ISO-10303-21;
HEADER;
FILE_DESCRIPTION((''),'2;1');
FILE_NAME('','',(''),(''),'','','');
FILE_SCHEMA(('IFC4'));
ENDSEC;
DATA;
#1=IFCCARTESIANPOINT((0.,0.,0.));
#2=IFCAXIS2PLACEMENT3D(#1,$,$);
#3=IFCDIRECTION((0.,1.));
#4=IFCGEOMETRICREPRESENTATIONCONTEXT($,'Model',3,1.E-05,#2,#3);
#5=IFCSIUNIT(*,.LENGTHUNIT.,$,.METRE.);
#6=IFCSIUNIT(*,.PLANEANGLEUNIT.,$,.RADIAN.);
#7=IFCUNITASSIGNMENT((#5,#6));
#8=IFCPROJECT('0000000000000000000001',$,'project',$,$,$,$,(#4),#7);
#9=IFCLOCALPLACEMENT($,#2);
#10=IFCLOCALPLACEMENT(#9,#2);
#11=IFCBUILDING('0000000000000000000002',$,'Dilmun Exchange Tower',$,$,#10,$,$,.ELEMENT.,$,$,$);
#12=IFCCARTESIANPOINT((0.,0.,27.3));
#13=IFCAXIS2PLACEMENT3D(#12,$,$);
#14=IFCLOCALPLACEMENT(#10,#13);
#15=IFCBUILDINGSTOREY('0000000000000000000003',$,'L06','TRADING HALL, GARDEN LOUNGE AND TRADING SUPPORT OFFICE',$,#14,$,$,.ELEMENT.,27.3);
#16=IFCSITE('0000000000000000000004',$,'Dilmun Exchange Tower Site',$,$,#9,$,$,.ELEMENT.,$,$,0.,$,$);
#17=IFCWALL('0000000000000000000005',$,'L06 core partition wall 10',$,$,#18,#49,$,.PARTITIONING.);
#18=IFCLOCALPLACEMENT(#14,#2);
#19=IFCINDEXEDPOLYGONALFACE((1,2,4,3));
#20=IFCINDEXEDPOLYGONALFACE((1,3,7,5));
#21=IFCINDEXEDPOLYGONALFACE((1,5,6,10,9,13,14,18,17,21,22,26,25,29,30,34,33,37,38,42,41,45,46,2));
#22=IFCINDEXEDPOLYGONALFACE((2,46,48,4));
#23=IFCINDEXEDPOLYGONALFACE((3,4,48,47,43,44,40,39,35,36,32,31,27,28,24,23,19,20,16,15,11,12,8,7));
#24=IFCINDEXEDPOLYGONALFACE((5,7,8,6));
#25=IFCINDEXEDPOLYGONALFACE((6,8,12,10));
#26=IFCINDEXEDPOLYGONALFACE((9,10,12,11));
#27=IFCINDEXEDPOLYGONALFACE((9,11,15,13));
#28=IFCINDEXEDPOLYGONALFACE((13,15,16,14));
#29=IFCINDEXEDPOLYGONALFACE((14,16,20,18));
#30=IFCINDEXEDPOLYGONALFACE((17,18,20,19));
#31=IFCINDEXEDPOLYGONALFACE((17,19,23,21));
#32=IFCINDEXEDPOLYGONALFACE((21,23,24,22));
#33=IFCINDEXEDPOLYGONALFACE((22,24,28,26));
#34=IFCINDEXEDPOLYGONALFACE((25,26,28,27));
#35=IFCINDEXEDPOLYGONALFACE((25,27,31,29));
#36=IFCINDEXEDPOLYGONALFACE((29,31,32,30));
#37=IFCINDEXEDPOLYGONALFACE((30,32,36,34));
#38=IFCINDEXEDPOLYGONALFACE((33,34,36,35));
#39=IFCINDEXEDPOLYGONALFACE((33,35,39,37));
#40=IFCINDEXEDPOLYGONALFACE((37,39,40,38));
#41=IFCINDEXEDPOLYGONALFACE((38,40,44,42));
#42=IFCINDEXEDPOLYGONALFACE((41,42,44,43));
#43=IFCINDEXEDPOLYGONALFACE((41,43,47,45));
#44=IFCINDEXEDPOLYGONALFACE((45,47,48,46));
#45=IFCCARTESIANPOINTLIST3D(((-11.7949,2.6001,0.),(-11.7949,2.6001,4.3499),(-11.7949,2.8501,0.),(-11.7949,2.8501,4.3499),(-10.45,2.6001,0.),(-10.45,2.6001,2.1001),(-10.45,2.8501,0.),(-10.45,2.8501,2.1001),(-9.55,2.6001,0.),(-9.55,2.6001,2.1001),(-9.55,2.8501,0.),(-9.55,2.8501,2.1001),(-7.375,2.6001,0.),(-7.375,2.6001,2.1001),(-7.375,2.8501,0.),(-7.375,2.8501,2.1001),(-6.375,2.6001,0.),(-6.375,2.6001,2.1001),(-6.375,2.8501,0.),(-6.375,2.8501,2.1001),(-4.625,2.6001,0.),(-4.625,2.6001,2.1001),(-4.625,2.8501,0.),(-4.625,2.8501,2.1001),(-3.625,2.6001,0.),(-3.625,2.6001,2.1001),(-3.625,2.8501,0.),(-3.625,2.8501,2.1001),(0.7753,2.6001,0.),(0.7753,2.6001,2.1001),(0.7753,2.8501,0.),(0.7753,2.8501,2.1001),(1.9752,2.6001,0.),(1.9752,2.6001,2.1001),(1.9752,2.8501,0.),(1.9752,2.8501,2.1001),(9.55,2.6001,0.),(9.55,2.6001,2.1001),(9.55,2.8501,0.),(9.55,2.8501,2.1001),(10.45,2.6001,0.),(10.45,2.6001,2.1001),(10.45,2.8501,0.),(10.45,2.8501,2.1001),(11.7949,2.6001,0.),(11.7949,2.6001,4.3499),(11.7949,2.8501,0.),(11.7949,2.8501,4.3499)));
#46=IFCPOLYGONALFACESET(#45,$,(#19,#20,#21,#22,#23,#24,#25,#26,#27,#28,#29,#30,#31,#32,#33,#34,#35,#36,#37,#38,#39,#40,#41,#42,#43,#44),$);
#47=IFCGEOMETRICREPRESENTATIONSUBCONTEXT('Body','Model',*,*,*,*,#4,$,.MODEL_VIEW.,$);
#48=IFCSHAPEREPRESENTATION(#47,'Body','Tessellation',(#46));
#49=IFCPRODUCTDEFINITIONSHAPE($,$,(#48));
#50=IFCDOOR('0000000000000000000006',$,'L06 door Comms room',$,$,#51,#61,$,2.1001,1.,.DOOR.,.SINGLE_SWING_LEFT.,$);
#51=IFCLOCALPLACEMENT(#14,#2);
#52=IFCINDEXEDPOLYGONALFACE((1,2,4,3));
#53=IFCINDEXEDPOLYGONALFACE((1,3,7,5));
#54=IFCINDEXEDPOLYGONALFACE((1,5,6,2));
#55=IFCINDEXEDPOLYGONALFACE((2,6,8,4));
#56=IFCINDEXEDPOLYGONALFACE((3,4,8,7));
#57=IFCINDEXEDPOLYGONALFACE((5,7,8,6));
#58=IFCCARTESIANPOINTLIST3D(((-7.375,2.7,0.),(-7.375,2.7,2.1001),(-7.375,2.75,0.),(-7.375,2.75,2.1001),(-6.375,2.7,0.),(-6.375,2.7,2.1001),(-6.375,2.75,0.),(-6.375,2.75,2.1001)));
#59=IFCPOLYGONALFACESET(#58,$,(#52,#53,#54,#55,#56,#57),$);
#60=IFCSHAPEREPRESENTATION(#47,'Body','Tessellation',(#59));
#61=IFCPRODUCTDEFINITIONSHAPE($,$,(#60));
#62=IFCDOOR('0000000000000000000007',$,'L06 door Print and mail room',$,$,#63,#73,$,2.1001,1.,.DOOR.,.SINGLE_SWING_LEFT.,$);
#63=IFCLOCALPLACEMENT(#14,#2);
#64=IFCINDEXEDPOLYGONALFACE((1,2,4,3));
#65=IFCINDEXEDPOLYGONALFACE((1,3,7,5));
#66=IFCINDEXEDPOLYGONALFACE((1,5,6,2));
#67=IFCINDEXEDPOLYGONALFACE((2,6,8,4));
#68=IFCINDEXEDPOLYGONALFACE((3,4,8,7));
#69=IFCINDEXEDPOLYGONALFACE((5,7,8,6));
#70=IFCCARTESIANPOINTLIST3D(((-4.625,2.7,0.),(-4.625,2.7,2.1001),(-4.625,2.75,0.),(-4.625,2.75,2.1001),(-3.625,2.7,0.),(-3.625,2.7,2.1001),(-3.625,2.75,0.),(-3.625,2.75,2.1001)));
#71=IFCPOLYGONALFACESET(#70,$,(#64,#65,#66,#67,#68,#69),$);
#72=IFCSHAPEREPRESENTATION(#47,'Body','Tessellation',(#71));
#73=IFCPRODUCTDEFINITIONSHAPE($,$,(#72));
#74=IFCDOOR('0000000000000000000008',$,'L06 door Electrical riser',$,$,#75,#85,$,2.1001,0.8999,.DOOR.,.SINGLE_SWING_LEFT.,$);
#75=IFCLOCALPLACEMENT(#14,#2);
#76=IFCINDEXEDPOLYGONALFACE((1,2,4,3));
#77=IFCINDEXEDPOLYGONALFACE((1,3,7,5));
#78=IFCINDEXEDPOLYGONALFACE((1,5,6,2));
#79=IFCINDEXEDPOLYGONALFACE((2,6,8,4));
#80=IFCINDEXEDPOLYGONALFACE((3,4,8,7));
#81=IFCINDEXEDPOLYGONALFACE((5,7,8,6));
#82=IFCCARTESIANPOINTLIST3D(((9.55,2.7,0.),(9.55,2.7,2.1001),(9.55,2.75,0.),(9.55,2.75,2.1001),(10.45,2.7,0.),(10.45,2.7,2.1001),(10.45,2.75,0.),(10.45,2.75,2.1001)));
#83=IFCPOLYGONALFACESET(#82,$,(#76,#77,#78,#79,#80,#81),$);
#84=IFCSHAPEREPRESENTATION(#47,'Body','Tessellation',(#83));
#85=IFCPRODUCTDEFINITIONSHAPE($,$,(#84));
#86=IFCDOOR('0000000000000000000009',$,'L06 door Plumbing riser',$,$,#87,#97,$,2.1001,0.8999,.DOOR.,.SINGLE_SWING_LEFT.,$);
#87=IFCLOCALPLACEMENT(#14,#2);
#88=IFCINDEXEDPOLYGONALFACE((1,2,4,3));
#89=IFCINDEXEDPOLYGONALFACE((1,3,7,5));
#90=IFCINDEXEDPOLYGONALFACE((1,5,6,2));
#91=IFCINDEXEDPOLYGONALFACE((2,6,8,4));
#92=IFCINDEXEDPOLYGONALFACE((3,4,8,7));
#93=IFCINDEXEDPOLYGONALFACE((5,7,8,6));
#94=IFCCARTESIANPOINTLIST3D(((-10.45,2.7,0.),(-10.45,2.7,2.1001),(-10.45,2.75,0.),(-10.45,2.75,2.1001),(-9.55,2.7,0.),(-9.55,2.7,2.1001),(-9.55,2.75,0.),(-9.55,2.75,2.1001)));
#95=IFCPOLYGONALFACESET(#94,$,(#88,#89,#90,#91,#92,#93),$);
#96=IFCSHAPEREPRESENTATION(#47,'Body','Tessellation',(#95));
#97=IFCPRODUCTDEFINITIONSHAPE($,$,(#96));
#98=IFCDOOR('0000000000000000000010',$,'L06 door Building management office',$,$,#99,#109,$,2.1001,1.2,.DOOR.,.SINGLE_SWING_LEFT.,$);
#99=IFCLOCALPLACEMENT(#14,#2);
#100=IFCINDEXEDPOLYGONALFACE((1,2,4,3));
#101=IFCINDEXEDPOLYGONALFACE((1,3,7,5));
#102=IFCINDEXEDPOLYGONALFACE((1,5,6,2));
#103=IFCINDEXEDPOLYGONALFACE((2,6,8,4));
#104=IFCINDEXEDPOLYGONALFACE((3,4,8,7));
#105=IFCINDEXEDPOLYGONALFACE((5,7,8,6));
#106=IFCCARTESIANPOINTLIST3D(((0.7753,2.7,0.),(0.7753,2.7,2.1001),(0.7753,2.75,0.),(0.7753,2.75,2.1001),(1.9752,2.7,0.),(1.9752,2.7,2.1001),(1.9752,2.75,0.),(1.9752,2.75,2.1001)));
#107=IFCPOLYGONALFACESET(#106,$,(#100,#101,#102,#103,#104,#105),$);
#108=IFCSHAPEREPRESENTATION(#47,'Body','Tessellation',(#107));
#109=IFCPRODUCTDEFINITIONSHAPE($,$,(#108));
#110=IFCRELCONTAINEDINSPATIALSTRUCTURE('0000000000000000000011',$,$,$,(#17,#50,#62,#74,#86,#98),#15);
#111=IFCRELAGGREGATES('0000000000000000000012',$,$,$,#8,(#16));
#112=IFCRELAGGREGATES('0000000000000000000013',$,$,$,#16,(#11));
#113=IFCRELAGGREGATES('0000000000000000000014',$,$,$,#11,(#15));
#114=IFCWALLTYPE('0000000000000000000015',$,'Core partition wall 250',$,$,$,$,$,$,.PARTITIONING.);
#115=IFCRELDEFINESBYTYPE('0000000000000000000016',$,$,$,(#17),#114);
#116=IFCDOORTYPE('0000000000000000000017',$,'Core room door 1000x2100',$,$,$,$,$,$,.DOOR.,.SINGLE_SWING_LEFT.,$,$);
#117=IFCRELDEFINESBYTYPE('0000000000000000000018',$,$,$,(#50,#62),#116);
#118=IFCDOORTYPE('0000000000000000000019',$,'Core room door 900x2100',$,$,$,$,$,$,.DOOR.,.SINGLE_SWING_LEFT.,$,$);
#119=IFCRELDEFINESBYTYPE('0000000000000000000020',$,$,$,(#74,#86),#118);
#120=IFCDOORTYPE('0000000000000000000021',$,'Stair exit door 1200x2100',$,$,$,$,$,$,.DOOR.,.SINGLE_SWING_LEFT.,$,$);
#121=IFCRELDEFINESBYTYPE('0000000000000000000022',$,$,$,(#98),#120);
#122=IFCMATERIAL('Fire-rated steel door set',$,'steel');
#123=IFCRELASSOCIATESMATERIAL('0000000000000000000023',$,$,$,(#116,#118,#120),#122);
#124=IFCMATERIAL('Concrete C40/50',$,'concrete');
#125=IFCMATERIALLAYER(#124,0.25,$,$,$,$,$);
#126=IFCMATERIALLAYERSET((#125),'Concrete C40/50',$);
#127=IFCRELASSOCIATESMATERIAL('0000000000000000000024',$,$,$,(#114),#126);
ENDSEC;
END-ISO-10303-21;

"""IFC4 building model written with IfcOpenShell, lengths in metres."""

from ifc_helpers import new_model, si_unit, direction, frame, frame_2d, origin, place, context, subcontext, project, spatial, rectangle, extrude, material, layer, layer_set, type_object, element, fill, save


model = new_model("IFC4")

# Units and contexts
model_context = context("Model", 3, precision=1e-05, world=origin(), true_north=direction((0.0, 1.0)))
body_context = subcontext(model_context, "Body", "Model", "MODEL_VIEW")
ifc_project = project(units=[si_unit("LENGTHUNIT", "METRE"), si_unit("PLANEANGLEUNIT", "RADIAN")], contexts=[model_context])

# Site, building, storey
site_placement = place(None, origin())
site = spatial("IfcSite", under=ifc_project, at=site_placement, Name="Dilmun Exchange Tower Site", CompositionType="ELEMENT", RefElevation=0.0)
building_placement = place(site_placement, origin())
building = spatial("IfcBuilding", under=site, at=building_placement, Name="Dilmun Exchange Tower", CompositionType="ELEMENT")
storey_placement = place(building_placement, frame((0.0, 0.0, 27.3)))
storey = spatial("IfcBuildingStorey", under=building, at=storey_placement, Name="L06", Description="TRADING HALL, GARDEN LOUNGE AND TRADING SUPPORT OFFICE", CompositionType="ELEMENT", Elevation=27.3)

# Shared definitions
ifc_material_1 = material(Name="Concrete C40/50", Category="concrete")

# Shared definitions
ifc_material_2 = material(Name="Fire-rated steel door set", Category="steel")
door_type_1 = type_object("IfcDoorType", Name="Core room door 1000x2100", OperationType="SINGLE_SWING_LEFT", PredefinedType="DOOR", material=ifc_material_2)

# Wall, openings, doors
ifc_layer_1 = layer(ifc_material_1, 0.25)
ifc_layer_set_1 = layer_set([ifc_layer_1], Name="Concrete C40/50")
wall_type_1 = type_object("IfcWallType", Name="Core partition wall 250", PredefinedType="PARTITIONING", material=ifc_layer_set_1)
wall_1_placement = place(storey_placement, frame((-11.7949, 2.7251, 0.0), z_axis=(0.0, 0.0, 1.0), x_axis=(1.0, 0.0, 0.0)))
wall_1 = element("IfcWall", 1, at=wall_1_placement, inside=storey, type_object=wall_type_1, Name="L06 core partition wall 10", PredefinedType="PARTITIONING", context=body_context, shape_type="SweptSolid", body=[
    extrude(rectangle(XDim=23.5898, YDim=0.25, at=frame_2d((11.7949, 0.0))), origin(), (0.0, 0.0, 1.0), 4.3499),
])
opening_1_placement = place(wall_1_placement, frame((21.345, 0.0, 0.0)))
opening_1 = element("IfcOpeningElement", 2, at=opening_1_placement, cuts=wall_1, PredefinedType="OPENING", context=body_context, shape_type="SweptSolid", body=[
    extrude(rectangle(XDim=0.8999, YDim=2.1001, at=frame_2d((0.45, 1.05))), frame((0.0, 0.135, 0.0), z_axis=(0.0, -1.0, 0.0), x_axis=(1.0, 0.0, 0.0)), (0.0, 0.0, 1.0), 0.27),
])
opening_2_placement = place(wall_1_placement, frame((1.345, 0.0, 0.0)))
opening_2 = element("IfcOpeningElement", 3, at=opening_2_placement, cuts=wall_1, PredefinedType="OPENING", context=body_context, shape_type="SweptSolid", body=[
    extrude(rectangle(XDim=0.8999, YDim=2.1001, at=frame_2d((0.45, 1.05))), frame((0.0, 0.135, 0.0), z_axis=(0.0, -1.0, 0.0), x_axis=(1.0, 0.0, 0.0)), (0.0, 0.0, 1.0), 0.27),
])
opening_3_placement = place(wall_1_placement, frame((4.4199, 0.0, 0.0)))
opening_3 = element("IfcOpeningElement", 4, at=opening_3_placement, cuts=wall_1, PredefinedType="OPENING", context=body_context, shape_type="SweptSolid", body=[
    extrude(rectangle(XDim=1.0, YDim=2.1001, at=frame_2d((0.5, 1.05))), frame((0.0, 0.135, 0.0), z_axis=(0.0, -1.0, 0.0), x_axis=(1.0, 0.0, 0.0)), (0.0, 0.0, 1.0), 0.27),
])
opening_4_placement = place(wall_1_placement, frame((7.1699, 0.0, 0.0)))
opening_4 = element("IfcOpeningElement", 5, at=opening_4_placement, cuts=wall_1, PredefinedType="OPENING", context=body_context, shape_type="SweptSolid", body=[
    extrude(rectangle(XDim=1.0, YDim=2.1001, at=frame_2d((0.5, 1.05))), frame((0.0, 0.135, 0.0), z_axis=(0.0, -1.0, 0.0), x_axis=(1.0, 0.0, 0.0)), (0.0, 0.0, 1.0), 0.27),
])
opening_5_placement = place(wall_1_placement, frame((12.5701, 0.0, 0.0)))
opening_5 = element("IfcOpeningElement", 6, at=opening_5_placement, cuts=wall_1, PredefinedType="OPENING", context=body_context, shape_type="SweptSolid", body=[
    extrude(rectangle(XDim=1.2, YDim=2.1001, at=frame_2d((0.6001, 1.05))), frame((0.0, 0.135, 0.0), z_axis=(0.0, -1.0, 0.0), x_axis=(1.0, 0.0, 0.0)), (0.0, 0.0, 1.0), 0.27),
])
door_1_placement = place(opening_3_placement, origin())
door_1 = element("IfcDoor", 7, at=door_1_placement, inside=storey, type_object=door_type_1, Name="L06 door Comms room", OperationType="SINGLE_SWING_LEFT", OverallHeight=2.1001, OverallWidth=1.0, PredefinedType="DOOR", context=body_context, shape_type="SweptSolid", body=[
    extrude(rectangle(XDim=1.0, YDim=2.1001, at=frame_2d((0.5, 1.05))), frame((0.0, 0.0249, 0.0), z_axis=(0.0, -1.0, 0.0), x_axis=(1.0, 0.0, 0.0)), (0.0, 0.0, 1.0), 0.05),
])
fill(opening_3, door_1)
door_2_placement = place(opening_4_placement, origin())
door_2 = element("IfcDoor", 8, at=door_2_placement, inside=storey, type_object=door_type_1, Name="L06 door Print and mail room", OperationType="SINGLE_SWING_LEFT", OverallHeight=2.1001, OverallWidth=1.0, PredefinedType="DOOR", context=body_context, shape_type="SweptSolid", body=[
    extrude(rectangle(XDim=1.0, YDim=2.1001, at=frame_2d((0.5, 1.05))), frame((0.0, 0.0249, 0.0), z_axis=(0.0, -1.0, 0.0), x_axis=(1.0, 0.0, 0.0)), (0.0, 0.0, 1.0), 0.05),
])
fill(opening_4, door_2)
door_type_2 = type_object("IfcDoorType", Name="Core room door 900x2100", OperationType="SINGLE_SWING_LEFT", PredefinedType="DOOR", material=ifc_material_2)
door_3_placement = place(opening_1_placement, origin())
door_3 = element("IfcDoor", 9, at=door_3_placement, inside=storey, type_object=door_type_2, Name="L06 door Electrical riser", OperationType="SINGLE_SWING_LEFT", OverallHeight=2.1001, OverallWidth=0.8999, PredefinedType="DOOR", context=body_context, shape_type="SweptSolid", body=[
    extrude(rectangle(XDim=0.8999, YDim=2.1001, at=frame_2d((0.45, 1.05))), frame((0.0, 0.0249, 0.0), z_axis=(0.0, -1.0, 0.0), x_axis=(1.0, 0.0, 0.0)), (0.0, 0.0, 1.0), 0.05),
])
fill(opening_1, door_3)
door_4_placement = place(opening_2_placement, origin())
door_4 = element("IfcDoor", 10, at=door_4_placement, inside=storey, type_object=door_type_2, Name="L06 door Plumbing riser", OperationType="SINGLE_SWING_LEFT", OverallHeight=2.1001, OverallWidth=0.8999, PredefinedType="DOOR", context=body_context, shape_type="SweptSolid", body=[
    extrude(rectangle(XDim=0.8999, YDim=2.1001, at=frame_2d((0.45, 1.05))), frame((0.0, 0.0249, 0.0), z_axis=(0.0, -1.0, 0.0), x_axis=(1.0, 0.0, 0.0)), (0.0, 0.0, 1.0), 0.05),
])
fill(opening_2, door_4)
door_type_3 = type_object("IfcDoorType", Name="Stair exit door 1200x2100", OperationType="SINGLE_SWING_LEFT", PredefinedType="DOOR", material=ifc_material_2)
door_5_placement = place(opening_5_placement, origin())
door_5 = element("IfcDoor", 11, at=door_5_placement, inside=storey, type_object=door_type_3, Name="L06 door Building management office", OperationType="SINGLE_SWING_LEFT", OverallHeight=2.1001, OverallWidth=1.2, PredefinedType="DOOR", context=body_context, shape_type="SweptSolid", body=[
    extrude(rectangle(XDim=1.2, YDim=2.1001, at=frame_2d((0.6001, 1.05))), frame((0.0, 0.0249, 0.0), z_axis=(0.0, -1.0, 0.0), x_axis=(1.0, 0.0, 0.0)), (0.0, 0.0, 1.0), 0.05),
])
fill(opening_5, door_5)

save(model, "model.ifc")
